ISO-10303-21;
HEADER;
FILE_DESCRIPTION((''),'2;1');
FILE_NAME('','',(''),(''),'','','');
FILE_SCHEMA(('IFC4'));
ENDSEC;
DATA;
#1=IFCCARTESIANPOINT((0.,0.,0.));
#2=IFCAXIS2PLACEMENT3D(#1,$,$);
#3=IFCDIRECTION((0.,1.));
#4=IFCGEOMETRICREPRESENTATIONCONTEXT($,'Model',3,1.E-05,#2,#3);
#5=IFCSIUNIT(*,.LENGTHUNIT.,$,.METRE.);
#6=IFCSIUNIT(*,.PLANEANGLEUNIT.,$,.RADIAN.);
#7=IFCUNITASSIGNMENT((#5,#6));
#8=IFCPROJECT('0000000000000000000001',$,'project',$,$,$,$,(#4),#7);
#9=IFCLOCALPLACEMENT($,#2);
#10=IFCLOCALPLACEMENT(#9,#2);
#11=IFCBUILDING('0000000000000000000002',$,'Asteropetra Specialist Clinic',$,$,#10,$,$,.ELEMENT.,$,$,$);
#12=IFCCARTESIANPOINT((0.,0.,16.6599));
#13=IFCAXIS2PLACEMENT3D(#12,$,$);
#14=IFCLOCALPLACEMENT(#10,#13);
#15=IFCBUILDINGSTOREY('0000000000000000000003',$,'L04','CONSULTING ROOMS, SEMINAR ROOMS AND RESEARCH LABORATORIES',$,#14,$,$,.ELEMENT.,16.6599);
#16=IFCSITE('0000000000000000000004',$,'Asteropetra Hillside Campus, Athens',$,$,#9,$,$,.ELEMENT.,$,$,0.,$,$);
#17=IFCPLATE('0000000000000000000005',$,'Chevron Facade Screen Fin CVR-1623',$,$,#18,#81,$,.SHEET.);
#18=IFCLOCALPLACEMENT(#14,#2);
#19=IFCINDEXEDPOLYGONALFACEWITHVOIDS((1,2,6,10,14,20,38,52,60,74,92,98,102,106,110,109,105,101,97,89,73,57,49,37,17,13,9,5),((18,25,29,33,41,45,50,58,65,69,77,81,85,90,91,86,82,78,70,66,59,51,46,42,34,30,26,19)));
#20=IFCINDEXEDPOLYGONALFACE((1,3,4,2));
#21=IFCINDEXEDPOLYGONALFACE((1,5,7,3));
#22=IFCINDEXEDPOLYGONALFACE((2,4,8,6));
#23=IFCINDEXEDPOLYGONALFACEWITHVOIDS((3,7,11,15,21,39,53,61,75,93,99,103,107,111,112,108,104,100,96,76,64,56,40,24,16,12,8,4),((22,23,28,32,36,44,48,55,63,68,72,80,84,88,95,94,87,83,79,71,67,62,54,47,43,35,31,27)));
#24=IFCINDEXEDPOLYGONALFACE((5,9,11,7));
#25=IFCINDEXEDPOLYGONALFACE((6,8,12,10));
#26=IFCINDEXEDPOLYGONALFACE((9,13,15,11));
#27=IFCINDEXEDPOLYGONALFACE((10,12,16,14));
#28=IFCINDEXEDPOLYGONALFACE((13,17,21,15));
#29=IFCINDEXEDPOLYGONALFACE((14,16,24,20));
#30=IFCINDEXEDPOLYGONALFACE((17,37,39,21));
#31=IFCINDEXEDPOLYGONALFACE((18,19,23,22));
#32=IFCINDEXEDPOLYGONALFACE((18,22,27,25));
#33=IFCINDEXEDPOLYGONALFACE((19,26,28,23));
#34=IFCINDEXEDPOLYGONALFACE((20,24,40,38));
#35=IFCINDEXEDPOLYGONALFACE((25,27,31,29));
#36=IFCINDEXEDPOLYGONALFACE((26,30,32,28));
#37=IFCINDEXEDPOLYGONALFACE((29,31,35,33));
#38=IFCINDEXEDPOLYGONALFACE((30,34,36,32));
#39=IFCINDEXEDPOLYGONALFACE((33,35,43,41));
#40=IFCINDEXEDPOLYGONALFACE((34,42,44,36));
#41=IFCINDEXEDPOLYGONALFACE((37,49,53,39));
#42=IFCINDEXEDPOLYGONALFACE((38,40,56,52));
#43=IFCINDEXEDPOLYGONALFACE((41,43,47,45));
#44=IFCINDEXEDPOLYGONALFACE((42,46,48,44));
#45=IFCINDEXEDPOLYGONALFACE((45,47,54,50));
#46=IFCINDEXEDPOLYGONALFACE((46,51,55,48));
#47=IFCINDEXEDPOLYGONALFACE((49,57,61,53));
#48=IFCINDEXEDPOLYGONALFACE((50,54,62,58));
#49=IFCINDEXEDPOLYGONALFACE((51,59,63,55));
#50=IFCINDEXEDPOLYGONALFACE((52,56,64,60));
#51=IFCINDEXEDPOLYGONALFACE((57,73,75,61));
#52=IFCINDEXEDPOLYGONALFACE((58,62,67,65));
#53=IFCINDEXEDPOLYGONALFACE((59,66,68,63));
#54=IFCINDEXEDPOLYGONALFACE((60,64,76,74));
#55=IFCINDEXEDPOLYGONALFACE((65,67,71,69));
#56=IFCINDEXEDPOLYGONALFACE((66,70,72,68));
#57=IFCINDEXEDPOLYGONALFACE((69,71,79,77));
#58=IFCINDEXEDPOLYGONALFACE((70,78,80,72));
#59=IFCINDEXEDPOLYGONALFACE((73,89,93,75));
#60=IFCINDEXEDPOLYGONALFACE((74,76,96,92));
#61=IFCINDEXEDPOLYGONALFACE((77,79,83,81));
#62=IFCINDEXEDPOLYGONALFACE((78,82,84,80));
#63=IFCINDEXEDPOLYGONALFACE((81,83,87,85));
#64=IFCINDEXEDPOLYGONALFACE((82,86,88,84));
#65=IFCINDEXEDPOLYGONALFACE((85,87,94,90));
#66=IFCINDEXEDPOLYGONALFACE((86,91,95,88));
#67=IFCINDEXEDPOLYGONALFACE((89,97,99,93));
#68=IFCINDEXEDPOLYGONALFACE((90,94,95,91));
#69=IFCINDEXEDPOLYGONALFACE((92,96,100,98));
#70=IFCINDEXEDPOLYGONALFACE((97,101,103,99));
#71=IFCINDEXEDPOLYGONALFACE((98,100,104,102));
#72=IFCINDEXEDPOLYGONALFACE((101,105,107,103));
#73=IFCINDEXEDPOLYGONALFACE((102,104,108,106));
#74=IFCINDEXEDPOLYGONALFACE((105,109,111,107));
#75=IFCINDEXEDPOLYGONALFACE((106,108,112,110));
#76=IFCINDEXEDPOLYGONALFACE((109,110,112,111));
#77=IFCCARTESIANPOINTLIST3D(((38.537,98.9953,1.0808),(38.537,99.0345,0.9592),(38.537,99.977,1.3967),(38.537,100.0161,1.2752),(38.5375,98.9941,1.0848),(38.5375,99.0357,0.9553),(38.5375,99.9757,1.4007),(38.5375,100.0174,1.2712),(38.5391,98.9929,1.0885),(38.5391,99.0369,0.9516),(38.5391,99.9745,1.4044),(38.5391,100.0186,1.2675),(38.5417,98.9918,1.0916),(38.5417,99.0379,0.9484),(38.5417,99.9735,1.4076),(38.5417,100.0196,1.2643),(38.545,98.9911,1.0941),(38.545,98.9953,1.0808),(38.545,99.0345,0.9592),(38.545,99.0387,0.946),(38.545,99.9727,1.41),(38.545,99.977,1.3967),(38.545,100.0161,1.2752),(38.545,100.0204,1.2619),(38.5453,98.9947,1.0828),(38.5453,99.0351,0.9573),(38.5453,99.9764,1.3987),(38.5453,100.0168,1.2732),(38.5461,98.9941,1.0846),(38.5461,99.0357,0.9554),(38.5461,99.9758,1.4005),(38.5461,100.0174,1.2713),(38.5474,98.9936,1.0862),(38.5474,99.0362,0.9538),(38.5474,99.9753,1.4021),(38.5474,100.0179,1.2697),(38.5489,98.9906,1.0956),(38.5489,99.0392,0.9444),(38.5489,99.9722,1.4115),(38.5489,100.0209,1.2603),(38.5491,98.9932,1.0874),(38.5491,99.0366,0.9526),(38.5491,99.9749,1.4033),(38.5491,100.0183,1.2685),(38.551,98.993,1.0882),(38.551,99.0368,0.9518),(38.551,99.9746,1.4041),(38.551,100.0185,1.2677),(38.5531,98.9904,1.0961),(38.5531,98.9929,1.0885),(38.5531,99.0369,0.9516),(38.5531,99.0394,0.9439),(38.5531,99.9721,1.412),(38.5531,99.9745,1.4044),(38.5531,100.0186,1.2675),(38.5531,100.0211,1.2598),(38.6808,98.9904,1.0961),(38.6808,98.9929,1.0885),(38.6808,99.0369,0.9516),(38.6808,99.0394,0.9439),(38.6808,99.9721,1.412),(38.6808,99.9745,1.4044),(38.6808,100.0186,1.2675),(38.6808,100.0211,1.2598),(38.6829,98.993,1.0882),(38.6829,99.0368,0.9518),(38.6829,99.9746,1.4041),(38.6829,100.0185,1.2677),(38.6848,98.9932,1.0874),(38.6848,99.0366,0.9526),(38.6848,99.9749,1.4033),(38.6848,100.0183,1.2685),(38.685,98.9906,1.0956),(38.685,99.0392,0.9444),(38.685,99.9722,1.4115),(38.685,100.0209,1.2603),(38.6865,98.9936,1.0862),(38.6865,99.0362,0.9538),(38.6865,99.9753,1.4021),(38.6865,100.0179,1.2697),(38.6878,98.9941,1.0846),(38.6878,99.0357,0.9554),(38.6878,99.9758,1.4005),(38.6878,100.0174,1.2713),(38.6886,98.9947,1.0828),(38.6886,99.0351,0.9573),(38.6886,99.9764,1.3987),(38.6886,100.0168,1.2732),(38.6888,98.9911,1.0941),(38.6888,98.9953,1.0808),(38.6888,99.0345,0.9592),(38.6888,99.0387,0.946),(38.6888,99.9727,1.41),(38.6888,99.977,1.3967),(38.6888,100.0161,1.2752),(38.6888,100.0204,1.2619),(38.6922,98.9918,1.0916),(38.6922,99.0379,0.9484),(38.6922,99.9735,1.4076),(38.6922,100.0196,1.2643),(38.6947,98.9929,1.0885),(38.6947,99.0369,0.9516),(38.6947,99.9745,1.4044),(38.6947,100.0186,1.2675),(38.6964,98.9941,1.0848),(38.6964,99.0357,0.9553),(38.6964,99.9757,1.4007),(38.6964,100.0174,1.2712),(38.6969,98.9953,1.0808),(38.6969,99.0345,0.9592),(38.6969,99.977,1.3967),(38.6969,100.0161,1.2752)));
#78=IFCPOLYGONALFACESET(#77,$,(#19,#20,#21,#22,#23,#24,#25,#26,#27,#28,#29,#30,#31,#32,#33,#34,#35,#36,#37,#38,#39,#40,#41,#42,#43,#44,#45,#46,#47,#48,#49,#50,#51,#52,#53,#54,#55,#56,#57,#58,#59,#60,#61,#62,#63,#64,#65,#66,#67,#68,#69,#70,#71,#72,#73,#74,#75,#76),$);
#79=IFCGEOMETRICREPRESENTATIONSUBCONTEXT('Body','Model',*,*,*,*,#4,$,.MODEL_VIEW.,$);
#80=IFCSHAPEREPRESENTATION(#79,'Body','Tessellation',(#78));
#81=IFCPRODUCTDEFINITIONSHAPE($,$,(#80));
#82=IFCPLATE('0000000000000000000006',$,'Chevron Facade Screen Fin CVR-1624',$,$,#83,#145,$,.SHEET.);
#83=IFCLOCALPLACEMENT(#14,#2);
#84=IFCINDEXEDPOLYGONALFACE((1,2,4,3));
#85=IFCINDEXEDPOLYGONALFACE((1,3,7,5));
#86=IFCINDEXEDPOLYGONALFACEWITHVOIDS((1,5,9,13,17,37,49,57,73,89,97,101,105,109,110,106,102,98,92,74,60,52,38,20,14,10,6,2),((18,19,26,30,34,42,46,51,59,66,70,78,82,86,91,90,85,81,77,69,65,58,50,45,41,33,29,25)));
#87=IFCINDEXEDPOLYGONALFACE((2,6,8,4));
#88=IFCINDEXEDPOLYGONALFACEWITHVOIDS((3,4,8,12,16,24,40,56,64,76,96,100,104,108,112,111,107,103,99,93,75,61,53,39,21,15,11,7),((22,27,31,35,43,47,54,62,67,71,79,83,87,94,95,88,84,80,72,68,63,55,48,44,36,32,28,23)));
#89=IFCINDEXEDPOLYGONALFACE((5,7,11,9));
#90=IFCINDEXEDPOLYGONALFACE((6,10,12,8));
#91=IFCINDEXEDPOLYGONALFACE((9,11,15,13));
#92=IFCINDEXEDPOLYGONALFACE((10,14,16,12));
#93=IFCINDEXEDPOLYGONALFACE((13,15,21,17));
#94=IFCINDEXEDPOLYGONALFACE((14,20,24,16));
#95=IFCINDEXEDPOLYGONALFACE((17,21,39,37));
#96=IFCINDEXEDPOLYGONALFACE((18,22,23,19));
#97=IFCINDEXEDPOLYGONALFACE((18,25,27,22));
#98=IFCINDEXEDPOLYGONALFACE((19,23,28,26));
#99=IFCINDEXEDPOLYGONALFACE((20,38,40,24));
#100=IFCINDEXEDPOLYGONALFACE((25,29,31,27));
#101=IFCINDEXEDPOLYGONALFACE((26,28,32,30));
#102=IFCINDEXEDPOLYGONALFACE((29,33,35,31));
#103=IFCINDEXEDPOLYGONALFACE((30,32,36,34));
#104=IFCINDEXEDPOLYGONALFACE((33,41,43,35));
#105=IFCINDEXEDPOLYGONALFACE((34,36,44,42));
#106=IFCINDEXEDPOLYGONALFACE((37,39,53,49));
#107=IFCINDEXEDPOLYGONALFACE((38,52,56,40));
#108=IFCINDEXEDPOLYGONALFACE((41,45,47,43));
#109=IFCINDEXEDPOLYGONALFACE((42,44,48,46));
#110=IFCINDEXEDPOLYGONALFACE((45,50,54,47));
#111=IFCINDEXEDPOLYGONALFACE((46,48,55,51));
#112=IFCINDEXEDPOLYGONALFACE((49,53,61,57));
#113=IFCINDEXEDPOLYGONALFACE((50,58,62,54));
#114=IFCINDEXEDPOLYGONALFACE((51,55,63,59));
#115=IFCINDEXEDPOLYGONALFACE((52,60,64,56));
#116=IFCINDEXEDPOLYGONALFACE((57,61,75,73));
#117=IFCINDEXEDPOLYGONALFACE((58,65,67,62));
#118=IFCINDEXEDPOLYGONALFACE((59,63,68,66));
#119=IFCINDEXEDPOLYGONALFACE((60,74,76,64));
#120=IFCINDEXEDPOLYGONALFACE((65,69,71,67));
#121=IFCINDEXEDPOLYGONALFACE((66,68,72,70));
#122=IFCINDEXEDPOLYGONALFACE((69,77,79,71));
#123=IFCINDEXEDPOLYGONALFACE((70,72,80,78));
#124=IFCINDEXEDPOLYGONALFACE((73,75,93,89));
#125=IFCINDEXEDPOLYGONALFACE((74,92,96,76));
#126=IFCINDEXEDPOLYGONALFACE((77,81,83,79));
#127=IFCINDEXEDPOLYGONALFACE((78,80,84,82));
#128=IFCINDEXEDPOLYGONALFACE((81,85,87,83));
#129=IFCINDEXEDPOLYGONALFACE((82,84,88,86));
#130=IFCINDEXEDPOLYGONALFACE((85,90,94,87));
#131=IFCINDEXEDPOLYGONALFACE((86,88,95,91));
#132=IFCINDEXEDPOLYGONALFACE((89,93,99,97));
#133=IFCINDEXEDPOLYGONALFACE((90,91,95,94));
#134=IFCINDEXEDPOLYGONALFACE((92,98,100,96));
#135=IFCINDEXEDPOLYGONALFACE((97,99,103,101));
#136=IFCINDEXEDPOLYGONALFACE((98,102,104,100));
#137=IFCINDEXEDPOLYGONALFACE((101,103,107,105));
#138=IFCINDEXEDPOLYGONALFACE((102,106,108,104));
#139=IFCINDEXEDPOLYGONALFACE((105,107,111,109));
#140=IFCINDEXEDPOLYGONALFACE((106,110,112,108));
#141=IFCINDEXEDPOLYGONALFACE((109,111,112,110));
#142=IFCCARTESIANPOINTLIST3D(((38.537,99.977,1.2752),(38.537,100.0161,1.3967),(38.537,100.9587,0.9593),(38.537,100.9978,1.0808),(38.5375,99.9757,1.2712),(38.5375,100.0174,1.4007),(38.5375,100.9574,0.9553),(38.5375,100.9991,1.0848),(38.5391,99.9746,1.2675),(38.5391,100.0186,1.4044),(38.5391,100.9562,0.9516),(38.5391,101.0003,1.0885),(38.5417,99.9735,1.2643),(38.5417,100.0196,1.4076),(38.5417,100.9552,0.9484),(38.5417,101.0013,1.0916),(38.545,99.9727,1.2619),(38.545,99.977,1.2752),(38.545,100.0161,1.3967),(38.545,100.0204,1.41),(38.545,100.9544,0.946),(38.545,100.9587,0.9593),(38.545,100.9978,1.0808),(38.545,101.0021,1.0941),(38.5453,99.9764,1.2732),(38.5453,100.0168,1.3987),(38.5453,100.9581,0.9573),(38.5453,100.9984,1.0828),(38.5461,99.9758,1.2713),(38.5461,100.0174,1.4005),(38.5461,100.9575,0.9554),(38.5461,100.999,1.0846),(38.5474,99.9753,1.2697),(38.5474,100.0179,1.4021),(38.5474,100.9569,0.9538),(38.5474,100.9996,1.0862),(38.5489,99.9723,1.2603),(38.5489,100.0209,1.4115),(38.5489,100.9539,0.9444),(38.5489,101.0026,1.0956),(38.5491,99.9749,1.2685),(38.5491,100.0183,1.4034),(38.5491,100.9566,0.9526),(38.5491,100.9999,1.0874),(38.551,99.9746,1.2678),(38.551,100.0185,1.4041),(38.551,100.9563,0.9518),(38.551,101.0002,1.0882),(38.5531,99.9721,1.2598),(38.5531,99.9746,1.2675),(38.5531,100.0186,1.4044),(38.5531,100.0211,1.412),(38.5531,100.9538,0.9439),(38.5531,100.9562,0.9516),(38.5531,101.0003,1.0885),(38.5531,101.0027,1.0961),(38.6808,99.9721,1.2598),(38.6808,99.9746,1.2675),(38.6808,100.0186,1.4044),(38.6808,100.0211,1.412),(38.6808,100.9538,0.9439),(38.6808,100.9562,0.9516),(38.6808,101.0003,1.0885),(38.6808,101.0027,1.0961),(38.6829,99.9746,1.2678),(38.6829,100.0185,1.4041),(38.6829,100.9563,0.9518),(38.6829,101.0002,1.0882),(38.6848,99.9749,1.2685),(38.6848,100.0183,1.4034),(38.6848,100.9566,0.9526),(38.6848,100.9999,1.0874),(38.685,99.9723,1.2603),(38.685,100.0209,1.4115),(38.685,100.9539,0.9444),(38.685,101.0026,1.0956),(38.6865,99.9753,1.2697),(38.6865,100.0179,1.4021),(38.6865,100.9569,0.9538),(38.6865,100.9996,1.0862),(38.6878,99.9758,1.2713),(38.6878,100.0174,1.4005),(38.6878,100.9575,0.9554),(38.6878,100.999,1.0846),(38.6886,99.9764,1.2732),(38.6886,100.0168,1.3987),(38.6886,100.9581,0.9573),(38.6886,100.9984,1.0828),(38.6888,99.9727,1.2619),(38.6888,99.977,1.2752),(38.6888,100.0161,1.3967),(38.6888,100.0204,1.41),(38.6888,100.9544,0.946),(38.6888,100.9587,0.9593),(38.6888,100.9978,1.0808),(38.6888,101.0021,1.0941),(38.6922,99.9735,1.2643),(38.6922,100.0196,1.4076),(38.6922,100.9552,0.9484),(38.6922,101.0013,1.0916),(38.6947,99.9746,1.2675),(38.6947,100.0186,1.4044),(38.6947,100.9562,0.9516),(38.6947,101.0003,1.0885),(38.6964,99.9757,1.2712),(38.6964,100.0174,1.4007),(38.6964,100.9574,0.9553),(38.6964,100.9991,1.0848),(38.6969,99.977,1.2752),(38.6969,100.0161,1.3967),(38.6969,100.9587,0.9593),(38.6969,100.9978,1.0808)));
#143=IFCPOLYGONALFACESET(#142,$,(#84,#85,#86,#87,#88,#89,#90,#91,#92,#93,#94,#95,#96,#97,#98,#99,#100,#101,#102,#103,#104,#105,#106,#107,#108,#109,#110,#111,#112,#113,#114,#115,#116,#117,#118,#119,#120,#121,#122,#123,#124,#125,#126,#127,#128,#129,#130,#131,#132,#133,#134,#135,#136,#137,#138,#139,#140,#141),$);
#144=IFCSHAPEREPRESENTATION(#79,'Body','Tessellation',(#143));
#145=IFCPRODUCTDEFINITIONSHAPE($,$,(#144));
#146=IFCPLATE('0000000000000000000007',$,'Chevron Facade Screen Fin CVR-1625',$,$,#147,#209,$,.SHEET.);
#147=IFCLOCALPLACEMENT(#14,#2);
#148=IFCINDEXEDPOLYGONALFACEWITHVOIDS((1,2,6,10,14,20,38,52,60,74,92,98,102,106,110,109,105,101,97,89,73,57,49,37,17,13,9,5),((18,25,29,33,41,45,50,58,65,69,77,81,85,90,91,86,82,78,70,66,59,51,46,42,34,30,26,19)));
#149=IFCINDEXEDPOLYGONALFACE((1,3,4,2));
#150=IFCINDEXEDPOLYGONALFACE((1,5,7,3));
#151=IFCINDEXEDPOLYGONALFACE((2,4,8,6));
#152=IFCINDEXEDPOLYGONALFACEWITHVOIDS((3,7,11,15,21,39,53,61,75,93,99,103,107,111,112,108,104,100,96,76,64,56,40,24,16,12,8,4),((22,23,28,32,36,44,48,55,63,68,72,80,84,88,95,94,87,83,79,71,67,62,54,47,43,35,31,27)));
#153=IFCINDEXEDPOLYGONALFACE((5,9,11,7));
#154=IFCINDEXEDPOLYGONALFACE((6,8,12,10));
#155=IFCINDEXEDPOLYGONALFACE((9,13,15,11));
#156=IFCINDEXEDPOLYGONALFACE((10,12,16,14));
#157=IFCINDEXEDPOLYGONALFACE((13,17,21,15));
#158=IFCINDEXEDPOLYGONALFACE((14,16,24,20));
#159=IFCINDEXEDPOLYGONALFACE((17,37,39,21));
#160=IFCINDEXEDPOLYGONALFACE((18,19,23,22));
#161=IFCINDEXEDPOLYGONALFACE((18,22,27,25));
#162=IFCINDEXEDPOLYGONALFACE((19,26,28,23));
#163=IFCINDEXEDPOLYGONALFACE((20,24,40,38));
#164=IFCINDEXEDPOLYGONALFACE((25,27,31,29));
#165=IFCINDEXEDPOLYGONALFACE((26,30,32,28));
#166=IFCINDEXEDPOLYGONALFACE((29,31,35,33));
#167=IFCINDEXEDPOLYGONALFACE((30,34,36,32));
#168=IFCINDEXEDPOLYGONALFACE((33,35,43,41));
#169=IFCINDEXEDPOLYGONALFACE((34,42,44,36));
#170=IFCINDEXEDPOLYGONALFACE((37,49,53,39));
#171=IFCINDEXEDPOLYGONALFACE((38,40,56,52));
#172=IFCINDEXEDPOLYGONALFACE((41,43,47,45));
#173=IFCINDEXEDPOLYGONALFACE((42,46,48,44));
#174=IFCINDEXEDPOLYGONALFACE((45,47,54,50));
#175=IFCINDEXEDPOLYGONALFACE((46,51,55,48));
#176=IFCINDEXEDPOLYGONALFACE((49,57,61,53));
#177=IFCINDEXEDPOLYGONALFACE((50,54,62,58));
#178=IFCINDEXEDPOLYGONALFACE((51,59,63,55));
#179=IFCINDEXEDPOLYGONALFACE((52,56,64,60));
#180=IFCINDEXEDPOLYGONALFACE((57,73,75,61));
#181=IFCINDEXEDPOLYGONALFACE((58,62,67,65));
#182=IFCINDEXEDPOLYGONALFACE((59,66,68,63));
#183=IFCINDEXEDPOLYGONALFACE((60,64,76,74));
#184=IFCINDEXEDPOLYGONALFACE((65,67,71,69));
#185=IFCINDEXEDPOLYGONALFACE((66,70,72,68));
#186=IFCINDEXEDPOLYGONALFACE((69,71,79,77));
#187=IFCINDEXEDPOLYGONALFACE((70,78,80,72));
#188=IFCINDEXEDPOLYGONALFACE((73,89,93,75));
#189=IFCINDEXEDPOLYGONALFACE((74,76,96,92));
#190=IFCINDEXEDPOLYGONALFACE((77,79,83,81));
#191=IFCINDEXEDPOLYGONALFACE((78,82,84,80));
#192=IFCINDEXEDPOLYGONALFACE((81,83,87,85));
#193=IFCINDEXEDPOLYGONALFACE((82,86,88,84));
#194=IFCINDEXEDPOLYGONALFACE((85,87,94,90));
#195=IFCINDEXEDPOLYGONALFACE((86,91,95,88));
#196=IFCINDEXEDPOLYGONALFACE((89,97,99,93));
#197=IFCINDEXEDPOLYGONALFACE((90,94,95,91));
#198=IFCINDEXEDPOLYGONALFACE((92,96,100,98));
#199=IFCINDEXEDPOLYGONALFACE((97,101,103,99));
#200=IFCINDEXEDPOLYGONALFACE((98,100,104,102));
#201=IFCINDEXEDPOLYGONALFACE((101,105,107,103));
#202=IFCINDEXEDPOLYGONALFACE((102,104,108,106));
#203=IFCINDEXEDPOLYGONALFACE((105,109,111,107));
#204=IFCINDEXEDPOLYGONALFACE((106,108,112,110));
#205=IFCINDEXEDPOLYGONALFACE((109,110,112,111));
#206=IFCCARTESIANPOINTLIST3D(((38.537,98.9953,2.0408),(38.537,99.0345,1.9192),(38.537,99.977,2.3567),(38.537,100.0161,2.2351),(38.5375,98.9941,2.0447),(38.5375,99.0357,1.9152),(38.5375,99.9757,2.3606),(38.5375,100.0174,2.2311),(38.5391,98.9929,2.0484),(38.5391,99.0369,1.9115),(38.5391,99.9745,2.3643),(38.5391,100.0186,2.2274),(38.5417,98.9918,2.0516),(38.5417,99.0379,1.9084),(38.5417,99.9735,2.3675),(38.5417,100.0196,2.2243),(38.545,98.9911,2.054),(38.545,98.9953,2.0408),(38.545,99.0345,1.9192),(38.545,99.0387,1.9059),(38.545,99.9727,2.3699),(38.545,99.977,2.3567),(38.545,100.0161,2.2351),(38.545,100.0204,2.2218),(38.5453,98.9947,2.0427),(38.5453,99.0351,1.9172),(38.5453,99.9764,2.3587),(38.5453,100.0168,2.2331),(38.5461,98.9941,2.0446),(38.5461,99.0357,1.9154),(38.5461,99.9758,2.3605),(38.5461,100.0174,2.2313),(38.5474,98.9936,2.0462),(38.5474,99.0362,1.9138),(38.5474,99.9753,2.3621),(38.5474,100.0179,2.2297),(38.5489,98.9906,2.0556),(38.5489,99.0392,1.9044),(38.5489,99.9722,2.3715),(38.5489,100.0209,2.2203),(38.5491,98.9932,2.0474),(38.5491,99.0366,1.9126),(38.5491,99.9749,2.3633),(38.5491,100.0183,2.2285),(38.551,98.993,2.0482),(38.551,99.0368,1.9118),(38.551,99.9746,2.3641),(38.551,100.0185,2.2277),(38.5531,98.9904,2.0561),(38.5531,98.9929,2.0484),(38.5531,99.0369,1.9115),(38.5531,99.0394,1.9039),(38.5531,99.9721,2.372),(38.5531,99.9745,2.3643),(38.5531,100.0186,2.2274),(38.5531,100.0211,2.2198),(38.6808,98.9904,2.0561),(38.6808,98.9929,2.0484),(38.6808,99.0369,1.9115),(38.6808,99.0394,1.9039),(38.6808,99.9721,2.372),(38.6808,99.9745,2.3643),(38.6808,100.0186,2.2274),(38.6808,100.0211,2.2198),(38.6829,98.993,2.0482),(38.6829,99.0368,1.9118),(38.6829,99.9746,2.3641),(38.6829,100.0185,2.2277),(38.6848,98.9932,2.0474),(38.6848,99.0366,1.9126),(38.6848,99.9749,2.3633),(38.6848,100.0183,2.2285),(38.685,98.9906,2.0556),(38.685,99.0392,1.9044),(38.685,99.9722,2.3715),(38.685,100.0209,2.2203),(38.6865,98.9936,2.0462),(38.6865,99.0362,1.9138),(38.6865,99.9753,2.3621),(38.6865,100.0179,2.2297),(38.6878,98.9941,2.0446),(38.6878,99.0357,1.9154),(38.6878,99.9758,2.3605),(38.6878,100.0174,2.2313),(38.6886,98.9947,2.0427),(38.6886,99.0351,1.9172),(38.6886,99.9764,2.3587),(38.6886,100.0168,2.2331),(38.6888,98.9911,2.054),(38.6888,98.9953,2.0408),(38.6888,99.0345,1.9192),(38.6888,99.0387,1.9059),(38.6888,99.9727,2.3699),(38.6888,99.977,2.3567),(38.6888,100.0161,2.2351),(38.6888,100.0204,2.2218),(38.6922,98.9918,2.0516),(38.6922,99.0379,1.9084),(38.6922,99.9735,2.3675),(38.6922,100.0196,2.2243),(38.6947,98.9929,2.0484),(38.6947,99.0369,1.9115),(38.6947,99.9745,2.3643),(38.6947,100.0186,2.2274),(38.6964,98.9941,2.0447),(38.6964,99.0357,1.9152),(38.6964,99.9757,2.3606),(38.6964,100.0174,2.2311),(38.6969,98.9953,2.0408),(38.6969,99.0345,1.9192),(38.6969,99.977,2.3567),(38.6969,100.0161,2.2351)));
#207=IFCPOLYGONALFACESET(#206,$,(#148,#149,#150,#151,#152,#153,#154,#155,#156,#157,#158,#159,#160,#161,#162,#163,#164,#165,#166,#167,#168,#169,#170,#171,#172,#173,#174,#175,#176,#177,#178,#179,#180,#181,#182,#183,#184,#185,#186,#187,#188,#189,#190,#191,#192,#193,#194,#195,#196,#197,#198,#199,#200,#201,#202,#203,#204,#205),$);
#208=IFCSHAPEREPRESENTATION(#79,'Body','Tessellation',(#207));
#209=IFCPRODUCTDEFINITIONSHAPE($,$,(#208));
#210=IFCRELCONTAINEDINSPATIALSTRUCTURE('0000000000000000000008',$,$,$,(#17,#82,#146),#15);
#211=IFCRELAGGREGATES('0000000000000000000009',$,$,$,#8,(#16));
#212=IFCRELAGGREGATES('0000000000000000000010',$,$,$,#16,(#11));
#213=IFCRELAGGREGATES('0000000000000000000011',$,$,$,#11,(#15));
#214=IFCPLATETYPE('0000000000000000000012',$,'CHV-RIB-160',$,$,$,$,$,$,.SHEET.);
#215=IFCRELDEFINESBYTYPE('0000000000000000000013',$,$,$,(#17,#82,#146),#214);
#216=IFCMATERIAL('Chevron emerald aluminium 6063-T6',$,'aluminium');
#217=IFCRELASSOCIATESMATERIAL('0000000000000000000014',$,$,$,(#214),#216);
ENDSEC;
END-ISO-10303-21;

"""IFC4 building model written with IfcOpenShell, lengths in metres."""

from ifc_helpers import new_model, si_unit, direction, frame, origin, origin_2d, place, context, subcontext, project, spatial, hollow_rectangle, extrude, material, material_profile, profile_set, type_object, element, save


model = new_model("IFC4")

# Units and contexts
model_context = context("Model", 3, precision=1e-05, world=origin(), true_north=direction((0.0, 1.0)))
body_context = subcontext(model_context, "Body", "Model", "MODEL_VIEW")
ifc_project = project(units=[si_unit("LENGTHUNIT", "METRE"), si_unit("PLANEANGLEUNIT", "RADIAN")], contexts=[model_context])

# Site, building, storey
site_placement = place(None, origin())
site = spatial("IfcSite", under=ifc_project, at=site_placement, Name="Asteropetra Hillside Campus, Athens", CompositionType="ELEMENT", RefElevation=0.0)
building_placement = place(site_placement, origin())
building = spatial("IfcBuilding", under=site, at=building_placement, Name="Asteropetra Specialist Clinic", CompositionType="ELEMENT")
storey_placement = place(building_placement, frame((0.0, 0.0, 16.6599)))
storey = spatial("IfcBuildingStorey", under=building, at=storey_placement, Name="L04", Description="CONSULTING ROOMS, SEMINAR ROOMS AND RESEARCH LABORATORIES", CompositionType="ELEMENT", Elevation=16.6599)

# Plates
ifc_material_1 = material(Name="Chevron emerald aluminium 6063-T6", Category="aluminium")
ifc_material_profile = material_profile(ifc_material_1, hollow_rectangle(XDim=0.1599, YDim=0.1599, WallThickness=0.0081, InnerFilletRadius=0.0081, OuterFilletRadius=0.0161, at=origin_2d()), Name="SHS 160x160x8.0")
ifc_profile_set = profile_set([ifc_material_profile], Name="Chevron emerald aluminium 6063-T6")
plate_type = type_object("IfcPlateType", Name="CHV-RIB-160", PredefinedType="SHEET", material=ifc_profile_set)
for number, where, z_axis, x_axis, name in (
    (1, (38.6169, 99.0149, 1.02), (0.0, 0.951923, 0.306339), (-1.0, 0.0, 0.0), "Chevron Facade Screen Fin CVR-1623"),
    (2, (38.6169, 99.9966, 1.3359), (0.0, 0.951923, -0.306339), (-1.0, 0.0, 0.0), "Chevron Facade Screen Fin CVR-1624"),
    (3, (38.6169, 99.0149, 1.98), (0.0, 0.951923, 0.306339), (-1.0, 0.0, 0.0), "Chevron Facade Screen Fin CVR-1625"),
):
    element("IfcPlate", number, at=place(storey_placement, frame(where, z_axis=z_axis, x_axis=x_axis)), inside=storey, type_object=plate_type, Name=name, PredefinedType="SHEET", context=body_context, shape_type="SweptSolid", body=[
        extrude(hollow_rectangle(XDim=0.1599, YDim=0.1599, WallThickness=0.0081, InnerFilletRadius=0.0081, OuterFilletRadius=0.0161, at=origin_2d()), origin(), (0.0, 0.0, 1.0), 1.0312),
    ])

save(model, "model.ifc")
